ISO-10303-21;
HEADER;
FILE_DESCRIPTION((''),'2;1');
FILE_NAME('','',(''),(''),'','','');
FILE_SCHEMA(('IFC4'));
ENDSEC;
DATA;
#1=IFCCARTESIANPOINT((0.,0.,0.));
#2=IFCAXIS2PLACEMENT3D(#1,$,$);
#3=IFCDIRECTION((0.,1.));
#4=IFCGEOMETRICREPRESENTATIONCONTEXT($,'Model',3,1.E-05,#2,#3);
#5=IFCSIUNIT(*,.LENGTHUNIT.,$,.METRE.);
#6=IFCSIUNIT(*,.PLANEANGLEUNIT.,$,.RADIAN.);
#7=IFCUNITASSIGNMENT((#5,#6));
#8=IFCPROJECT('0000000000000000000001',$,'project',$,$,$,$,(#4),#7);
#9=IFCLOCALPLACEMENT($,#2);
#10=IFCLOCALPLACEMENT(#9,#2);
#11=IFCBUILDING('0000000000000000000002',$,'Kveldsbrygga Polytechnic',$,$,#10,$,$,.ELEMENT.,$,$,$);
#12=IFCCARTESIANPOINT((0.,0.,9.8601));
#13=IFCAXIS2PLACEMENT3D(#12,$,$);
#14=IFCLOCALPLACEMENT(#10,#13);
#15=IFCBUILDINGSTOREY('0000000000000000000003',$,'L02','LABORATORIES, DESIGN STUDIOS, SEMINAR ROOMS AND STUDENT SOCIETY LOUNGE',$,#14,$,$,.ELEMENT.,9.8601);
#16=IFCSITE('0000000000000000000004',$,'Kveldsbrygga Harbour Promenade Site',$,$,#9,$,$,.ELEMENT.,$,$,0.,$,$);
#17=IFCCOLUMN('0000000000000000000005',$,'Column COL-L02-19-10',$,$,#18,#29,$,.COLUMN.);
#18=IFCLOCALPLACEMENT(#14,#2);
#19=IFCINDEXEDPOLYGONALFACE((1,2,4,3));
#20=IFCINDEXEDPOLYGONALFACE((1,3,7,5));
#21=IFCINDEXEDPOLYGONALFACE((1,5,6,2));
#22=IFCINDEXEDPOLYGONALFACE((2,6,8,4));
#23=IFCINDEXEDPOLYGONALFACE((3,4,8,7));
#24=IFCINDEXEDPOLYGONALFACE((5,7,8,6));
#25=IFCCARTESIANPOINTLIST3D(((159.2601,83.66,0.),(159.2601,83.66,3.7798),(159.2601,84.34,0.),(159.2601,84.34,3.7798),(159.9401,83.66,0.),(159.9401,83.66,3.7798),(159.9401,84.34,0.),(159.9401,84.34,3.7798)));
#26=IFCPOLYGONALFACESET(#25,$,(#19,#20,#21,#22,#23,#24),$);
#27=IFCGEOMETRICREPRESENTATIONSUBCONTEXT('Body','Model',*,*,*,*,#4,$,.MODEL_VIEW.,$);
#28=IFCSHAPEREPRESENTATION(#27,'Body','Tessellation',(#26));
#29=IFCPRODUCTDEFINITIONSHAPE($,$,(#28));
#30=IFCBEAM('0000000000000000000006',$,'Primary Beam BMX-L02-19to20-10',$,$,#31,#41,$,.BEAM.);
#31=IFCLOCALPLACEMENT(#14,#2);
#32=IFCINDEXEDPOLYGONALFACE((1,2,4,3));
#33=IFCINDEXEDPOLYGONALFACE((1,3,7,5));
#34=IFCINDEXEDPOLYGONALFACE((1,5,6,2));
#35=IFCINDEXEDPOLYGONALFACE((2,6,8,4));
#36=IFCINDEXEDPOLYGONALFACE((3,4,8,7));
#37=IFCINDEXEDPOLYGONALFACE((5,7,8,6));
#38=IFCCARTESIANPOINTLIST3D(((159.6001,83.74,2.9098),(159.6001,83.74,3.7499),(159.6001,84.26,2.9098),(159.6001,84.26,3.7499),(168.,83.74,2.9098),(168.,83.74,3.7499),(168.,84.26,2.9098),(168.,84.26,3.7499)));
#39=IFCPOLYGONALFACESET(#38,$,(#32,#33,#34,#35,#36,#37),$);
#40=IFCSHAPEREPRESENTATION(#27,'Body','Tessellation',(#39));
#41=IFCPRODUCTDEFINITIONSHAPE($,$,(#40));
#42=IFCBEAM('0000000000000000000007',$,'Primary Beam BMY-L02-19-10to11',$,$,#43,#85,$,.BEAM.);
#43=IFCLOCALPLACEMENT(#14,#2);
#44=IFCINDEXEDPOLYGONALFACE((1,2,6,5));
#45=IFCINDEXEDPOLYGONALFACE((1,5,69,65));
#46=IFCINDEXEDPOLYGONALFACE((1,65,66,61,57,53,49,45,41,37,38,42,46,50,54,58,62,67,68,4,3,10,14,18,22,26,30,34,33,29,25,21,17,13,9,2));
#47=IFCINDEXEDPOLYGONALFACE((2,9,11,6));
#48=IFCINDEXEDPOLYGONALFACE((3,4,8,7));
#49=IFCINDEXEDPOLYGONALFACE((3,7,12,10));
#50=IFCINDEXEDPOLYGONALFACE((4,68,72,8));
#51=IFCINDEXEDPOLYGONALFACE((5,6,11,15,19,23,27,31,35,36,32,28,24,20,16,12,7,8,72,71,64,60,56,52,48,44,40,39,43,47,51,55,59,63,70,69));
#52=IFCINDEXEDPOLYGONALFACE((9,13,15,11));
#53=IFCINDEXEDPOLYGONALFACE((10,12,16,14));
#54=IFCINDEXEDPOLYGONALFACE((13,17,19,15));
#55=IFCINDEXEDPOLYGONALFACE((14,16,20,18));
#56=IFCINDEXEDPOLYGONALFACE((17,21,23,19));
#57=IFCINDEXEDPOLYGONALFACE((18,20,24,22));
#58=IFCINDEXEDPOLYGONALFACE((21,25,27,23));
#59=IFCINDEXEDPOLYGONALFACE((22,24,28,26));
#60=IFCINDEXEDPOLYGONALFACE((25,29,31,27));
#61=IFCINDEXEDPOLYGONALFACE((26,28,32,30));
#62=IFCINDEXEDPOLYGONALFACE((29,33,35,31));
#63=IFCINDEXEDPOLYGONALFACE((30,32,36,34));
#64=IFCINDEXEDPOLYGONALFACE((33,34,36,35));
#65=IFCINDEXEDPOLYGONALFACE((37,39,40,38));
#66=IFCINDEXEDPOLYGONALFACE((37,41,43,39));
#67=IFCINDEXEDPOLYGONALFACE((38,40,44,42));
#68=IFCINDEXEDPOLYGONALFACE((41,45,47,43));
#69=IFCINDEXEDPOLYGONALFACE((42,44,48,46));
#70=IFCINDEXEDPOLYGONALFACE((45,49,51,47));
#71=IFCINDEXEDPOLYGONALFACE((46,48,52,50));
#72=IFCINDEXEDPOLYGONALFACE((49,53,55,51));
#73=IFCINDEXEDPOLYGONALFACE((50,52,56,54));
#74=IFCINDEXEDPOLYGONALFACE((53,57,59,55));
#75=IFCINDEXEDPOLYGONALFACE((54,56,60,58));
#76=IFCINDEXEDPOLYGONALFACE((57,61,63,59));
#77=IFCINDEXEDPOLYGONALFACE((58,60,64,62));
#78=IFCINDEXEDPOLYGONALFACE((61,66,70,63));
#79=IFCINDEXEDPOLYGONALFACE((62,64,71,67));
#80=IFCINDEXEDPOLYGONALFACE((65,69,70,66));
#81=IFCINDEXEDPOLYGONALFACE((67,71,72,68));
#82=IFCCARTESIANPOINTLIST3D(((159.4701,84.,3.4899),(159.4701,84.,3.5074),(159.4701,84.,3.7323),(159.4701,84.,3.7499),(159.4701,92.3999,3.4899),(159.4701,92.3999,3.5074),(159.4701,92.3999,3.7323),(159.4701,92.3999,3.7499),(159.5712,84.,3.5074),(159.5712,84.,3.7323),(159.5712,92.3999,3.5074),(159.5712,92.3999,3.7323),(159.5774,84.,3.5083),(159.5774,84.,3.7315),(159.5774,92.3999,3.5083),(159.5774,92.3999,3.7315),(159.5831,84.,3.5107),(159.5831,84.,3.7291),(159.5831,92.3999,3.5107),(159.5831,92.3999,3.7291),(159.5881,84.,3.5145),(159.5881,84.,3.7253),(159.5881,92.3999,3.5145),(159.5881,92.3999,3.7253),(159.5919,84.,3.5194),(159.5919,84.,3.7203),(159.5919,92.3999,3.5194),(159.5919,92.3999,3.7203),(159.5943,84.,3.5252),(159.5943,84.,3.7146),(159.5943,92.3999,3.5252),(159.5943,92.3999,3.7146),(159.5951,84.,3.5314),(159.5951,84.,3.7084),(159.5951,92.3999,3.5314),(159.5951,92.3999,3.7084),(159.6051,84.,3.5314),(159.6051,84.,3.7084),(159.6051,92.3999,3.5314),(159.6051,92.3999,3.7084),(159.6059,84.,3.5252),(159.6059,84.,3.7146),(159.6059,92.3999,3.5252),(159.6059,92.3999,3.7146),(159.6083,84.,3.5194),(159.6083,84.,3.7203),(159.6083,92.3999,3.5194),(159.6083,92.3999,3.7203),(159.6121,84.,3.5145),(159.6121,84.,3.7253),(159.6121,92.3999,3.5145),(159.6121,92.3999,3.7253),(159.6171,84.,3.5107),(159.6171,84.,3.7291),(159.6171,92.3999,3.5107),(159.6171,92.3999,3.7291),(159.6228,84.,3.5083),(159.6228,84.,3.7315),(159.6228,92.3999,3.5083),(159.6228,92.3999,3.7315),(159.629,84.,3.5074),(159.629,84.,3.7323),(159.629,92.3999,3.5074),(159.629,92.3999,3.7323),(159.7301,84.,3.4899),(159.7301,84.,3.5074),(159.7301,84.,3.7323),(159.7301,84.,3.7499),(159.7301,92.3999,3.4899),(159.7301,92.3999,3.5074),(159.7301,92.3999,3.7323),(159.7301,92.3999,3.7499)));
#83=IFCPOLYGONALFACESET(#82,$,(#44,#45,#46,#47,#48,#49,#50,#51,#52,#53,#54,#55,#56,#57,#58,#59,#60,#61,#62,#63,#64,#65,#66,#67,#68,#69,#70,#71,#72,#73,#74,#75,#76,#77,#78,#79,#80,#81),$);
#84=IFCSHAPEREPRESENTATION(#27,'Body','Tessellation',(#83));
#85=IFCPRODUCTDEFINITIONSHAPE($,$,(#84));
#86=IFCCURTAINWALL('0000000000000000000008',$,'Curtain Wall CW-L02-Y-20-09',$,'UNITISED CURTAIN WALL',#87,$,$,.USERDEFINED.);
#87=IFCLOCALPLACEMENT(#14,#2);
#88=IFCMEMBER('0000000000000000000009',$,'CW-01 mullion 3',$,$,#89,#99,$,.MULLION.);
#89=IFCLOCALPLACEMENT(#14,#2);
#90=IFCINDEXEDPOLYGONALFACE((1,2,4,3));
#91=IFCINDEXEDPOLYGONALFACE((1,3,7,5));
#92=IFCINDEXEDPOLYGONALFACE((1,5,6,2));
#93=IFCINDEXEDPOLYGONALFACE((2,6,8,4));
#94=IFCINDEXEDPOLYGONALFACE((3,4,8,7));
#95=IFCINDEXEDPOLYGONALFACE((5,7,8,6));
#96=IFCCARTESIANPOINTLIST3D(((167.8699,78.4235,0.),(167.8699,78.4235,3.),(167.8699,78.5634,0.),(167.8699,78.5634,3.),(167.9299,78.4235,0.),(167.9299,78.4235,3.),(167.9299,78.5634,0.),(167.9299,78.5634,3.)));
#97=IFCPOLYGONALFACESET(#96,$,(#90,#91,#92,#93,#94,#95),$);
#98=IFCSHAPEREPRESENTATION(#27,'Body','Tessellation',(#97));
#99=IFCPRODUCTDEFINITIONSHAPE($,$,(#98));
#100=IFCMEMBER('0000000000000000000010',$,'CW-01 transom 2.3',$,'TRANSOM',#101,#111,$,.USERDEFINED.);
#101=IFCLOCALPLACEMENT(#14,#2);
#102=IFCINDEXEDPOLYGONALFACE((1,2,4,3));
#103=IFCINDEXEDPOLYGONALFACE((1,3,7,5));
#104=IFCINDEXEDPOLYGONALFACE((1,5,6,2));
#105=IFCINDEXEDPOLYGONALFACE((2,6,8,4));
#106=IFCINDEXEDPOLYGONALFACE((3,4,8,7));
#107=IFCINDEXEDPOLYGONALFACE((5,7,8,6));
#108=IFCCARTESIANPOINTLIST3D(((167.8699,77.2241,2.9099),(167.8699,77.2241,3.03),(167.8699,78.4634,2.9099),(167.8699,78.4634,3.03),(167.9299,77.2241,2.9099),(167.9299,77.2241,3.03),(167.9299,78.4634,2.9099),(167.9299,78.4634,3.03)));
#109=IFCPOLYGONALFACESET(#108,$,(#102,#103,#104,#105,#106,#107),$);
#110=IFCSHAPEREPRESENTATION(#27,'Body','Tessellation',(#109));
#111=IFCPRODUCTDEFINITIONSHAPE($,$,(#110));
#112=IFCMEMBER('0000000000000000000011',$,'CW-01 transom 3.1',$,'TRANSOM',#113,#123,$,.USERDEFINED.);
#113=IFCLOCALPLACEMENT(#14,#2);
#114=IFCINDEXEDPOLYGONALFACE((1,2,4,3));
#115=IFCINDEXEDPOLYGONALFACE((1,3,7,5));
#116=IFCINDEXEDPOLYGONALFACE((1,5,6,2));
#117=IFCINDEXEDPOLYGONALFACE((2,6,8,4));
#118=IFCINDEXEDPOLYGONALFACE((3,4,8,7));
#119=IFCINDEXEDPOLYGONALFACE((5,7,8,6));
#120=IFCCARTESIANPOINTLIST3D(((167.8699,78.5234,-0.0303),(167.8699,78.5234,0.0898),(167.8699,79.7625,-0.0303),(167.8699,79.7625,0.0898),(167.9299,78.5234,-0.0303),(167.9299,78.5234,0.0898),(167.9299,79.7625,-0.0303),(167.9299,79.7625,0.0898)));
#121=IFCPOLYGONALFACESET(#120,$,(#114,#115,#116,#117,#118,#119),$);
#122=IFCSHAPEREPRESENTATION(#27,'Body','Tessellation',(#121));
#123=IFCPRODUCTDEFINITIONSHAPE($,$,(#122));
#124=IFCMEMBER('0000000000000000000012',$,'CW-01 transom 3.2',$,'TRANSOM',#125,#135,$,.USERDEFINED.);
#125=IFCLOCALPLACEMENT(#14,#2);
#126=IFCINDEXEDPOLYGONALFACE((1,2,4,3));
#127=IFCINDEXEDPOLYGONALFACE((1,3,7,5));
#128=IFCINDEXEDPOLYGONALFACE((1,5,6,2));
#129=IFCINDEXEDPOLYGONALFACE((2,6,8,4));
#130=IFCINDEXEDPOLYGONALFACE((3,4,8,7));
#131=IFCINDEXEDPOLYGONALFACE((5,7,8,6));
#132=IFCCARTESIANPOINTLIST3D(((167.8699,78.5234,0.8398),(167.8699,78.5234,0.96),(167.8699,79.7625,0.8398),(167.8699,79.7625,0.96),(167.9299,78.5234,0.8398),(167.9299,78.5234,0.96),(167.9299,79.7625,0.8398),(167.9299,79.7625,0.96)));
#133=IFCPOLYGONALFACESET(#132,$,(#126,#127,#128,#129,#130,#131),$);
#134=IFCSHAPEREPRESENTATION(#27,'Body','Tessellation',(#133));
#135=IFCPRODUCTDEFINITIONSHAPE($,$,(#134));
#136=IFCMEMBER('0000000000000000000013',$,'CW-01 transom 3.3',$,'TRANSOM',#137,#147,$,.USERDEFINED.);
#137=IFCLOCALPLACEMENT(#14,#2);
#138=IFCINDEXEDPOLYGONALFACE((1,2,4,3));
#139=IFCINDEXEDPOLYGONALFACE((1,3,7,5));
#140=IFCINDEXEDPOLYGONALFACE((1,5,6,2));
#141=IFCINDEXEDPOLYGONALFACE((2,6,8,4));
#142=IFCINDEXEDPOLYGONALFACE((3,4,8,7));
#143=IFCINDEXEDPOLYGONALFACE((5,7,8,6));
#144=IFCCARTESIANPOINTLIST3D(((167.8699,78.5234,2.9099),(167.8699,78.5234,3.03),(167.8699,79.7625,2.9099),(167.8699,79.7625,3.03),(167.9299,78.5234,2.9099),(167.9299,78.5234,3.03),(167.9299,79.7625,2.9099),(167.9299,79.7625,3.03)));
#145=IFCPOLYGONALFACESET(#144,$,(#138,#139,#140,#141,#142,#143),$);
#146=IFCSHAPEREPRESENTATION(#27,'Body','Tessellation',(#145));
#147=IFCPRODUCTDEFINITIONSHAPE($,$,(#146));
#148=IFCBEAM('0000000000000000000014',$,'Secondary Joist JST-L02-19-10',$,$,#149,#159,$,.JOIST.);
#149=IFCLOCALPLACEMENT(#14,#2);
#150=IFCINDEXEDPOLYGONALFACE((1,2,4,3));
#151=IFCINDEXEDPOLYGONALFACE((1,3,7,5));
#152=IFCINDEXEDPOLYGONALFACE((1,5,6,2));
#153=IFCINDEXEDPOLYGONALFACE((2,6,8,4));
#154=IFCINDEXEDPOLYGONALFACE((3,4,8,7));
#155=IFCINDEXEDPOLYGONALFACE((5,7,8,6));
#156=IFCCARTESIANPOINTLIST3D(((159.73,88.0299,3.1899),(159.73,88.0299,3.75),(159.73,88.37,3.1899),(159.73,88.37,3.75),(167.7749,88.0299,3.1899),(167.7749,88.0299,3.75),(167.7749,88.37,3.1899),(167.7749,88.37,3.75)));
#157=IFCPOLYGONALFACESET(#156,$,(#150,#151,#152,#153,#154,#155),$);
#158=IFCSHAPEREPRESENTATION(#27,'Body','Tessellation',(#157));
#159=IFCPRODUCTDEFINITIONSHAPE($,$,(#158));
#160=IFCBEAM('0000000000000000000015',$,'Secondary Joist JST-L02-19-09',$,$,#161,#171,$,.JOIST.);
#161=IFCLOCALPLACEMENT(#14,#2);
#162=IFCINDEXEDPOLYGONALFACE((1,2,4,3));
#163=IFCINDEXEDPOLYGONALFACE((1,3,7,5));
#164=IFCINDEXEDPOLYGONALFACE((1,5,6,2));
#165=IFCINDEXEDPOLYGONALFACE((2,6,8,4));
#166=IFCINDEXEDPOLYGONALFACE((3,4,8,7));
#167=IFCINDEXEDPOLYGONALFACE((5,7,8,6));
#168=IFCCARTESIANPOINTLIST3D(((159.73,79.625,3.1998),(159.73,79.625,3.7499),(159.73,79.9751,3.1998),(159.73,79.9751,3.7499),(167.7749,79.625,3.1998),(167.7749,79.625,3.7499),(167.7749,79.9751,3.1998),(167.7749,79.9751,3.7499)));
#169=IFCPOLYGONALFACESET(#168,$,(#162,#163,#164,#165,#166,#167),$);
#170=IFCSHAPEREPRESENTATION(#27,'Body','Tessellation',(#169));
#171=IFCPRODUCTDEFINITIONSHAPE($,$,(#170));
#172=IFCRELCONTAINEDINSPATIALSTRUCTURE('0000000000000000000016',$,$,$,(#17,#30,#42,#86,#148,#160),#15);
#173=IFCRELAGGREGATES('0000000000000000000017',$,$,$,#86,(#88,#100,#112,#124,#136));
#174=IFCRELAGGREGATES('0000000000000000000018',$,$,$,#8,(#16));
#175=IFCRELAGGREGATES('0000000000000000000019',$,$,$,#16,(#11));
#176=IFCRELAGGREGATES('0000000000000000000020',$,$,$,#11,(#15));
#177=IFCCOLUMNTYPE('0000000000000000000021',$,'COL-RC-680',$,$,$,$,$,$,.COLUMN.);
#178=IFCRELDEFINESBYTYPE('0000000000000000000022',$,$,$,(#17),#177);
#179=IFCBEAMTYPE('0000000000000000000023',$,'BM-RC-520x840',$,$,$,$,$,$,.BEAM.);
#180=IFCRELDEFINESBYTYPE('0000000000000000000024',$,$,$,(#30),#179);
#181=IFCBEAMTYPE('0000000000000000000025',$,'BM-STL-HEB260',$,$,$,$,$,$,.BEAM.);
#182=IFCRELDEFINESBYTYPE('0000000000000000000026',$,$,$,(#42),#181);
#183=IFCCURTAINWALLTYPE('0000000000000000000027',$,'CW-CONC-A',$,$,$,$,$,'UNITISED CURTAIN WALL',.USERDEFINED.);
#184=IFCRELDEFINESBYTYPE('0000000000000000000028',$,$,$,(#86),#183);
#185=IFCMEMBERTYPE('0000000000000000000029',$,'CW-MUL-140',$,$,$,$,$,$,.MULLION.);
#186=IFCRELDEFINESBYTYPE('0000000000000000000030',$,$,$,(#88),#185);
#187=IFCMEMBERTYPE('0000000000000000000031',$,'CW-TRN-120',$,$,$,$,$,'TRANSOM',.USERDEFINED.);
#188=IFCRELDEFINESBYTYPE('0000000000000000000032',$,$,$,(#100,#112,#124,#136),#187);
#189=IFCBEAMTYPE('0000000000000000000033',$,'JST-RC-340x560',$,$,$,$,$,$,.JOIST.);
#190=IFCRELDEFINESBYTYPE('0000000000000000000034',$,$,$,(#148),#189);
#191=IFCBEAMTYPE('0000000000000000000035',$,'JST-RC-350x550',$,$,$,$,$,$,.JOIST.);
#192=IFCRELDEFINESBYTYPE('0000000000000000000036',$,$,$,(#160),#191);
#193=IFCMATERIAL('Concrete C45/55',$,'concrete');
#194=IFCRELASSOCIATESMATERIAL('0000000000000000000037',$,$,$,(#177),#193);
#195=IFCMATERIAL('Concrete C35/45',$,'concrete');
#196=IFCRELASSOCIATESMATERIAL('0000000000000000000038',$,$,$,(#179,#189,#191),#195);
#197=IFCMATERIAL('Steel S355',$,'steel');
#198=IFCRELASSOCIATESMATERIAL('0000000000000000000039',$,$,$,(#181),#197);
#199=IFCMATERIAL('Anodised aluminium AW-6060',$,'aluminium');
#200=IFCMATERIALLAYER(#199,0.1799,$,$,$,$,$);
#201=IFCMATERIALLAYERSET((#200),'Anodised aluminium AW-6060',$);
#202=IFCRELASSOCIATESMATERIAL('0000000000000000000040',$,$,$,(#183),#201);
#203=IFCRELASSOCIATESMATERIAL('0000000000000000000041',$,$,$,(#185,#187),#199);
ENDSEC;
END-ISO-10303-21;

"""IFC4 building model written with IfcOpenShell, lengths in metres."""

from ifc_helpers import new_model, si_unit, direction, frame, origin, origin_2d, place, context, subcontext, project, spatial, rectangle, i_section, extrude, material, layer, layer_set, material_profile, profile_set, type_object, element, aggregate, save


model = new_model("IFC4")

# Units and contexts
model_context = context("Model", 3, precision=1e-05, world=origin(), true_north=direction((0.0, 1.0)))
body_context = subcontext(model_context, "Body", "Model", "MODEL_VIEW")
ifc_project = project(units=[si_unit("LENGTHUNIT", "METRE"), si_unit("PLANEANGLEUNIT", "RADIAN")], contexts=[model_context])

# Site, building, storey
site_placement = place(None, origin())
site = spatial("IfcSite", under=ifc_project, at=site_placement, Name="Kveldsbrygga Harbour Promenade Site", CompositionType="ELEMENT", RefElevation=0.0)
building_placement = place(site_placement, origin())
building = spatial("IfcBuilding", under=site, at=building_placement, Name="Kveldsbrygga Polytechnic", CompositionType="ELEMENT")
storey_placement = place(building_placement, frame((0.0, 0.0, 9.8601)))
storey = spatial("IfcBuildingStorey", under=building, at=storey_placement, Name="L02", Description="LABORATORIES, DESIGN STUDIOS, SEMINAR ROOMS AND STUDENT SOCIETY LOUNGE", CompositionType="ELEMENT", Elevation=9.8601)

# Column
ifc_material_1 = material(Name="Concrete C45/55", Category="concrete")
ifc_material_profile_1 = material_profile(ifc_material_1, rectangle(XDim=0.6799, YDim=0.6799, at=origin_2d()), Name="RC 680x680")
ifc_profile_set_1 = profile_set([ifc_material_profile_1], Name="Concrete C45/55")
column_type = type_object("IfcColumnType", Name="COL-RC-680", PredefinedType="COLUMN", material=ifc_profile_set_1)
column_placement = place(storey_placement, frame((159.6001, 84.0, 0.0), z_axis=(0.0, 0.0, 1.0), x_axis=(1.0, 0.0, 0.0)))
element("IfcColumn", 1, at=column_placement, inside=storey, type_object=column_type, Name="Column COL-L02-19-10", PredefinedType="COLUMN", context=body_context, shape_type="SweptSolid", body=[
    extrude(rectangle(XDim=0.6799, YDim=0.6799, at=origin_2d()), origin(), (0.0, 0.0, 1.0), 3.7798),
])

# Beams
ifc_material_2 = material(Name="Concrete C35/45", Category="concrete")
ifc_material_profile_2 = material_profile(ifc_material_2, rectangle(XDim=0.52, YDim=0.8401, at=origin_2d()), Name="RC 520x840")
ifc_profile_set_2 = profile_set([ifc_material_profile_2], Name="Concrete C35/45")
beam_type_1 = type_object("IfcBeamType", Name="BM-RC-520x840", PredefinedType="BEAM", material=ifc_profile_set_2)
beam_1_placement = place(storey_placement, frame((159.6001, 84.0, 3.3298), z_axis=(1.0, 0.0, 0.0), x_axis=(0.0, 1.0, 0.0)))
element("IfcBeam", 2, at=beam_1_placement, inside=storey, type_object=beam_type_1, Name="Primary Beam BMX-L02-19to20-10", PredefinedType="BEAM", context=body_context, shape_type="SweptSolid", body=[
    extrude(rectangle(XDim=0.52, YDim=0.8401, at=origin_2d()), origin(), (0.0, 0.0, 1.0), 8.3999),
])
ifc_material_3 = material(Name="Steel S355", Category="steel")
ifc_material_profile_3 = material_profile(ifc_material_3, i_section(OverallWidth=0.26, OverallDepth=0.26, WebThickness=0.01, FlangeThickness=0.0176, FilletRadius=0.0239, at=origin_2d()), Name="HEB 260")
ifc_profile_set_3 = profile_set([ifc_material_profile_3], Name="Steel S355")
beam_type_2 = type_object("IfcBeamType", Name="BM-STL-HEB260", PredefinedType="BEAM", material=ifc_profile_set_3)
beam_2_placement = place(storey_placement, frame((159.6001, 84.0, 3.6199), z_axis=(0.0, 1.0, 0.0), x_axis=(-1.0, 0.0, 0.0)))
element("IfcBeam", 3, at=beam_2_placement, inside=storey, type_object=beam_type_2, Name="Primary Beam BMY-L02-19-10to11", PredefinedType="BEAM", context=body_context, shape_type="SweptSolid", body=[
    extrude(i_section(OverallWidth=0.26, OverallDepth=0.26, WebThickness=0.01, FlangeThickness=0.0176, FilletRadius=0.0239, at=origin_2d()), origin(), (0.0, 0.0, 1.0), 8.3999),
])

# Curtain wall, members
ifc_material_4 = material(Name="Anodised aluminium AW-6060", Category="aluminium")
ifc_layer_1 = layer(ifc_material_4, 0.1799)
ifc_layer_set_1 = layer_set([ifc_layer_1], Name="Anodised aluminium AW-6060")
curtain_wall_type = type_object("IfcCurtainWallType", Name="CW-CONC-A", ElementType="UNITISED CURTAIN WALL", PredefinedType="USERDEFINED", material=ifc_layer_set_1)
curtain_wall_placement = place(storey_placement, origin())
curtain_wall = element("IfcCurtainWall", 4, at=curtain_wall_placement, inside=storey, type_object=curtain_wall_type, Name="Curtain Wall CW-L02-Y-20-09", ObjectType="UNITISED CURTAIN WALL", PredefinedType="USERDEFINED")
ifc_material_profile_4 = material_profile(ifc_material_4, rectangle(XDim=0.0601, YDim=0.1399, at=origin_2d()), Name="ALU 60x140")
ifc_profile_set_4 = profile_set([ifc_material_profile_4], Name="Anodised aluminium AW-6060")
member_type_1 = type_object("IfcMemberType", Name="CW-MUL-140", PredefinedType="MULLION", material=ifc_profile_set_4)
member_1_placement = place(storey_placement, frame((167.8999, 78.4934, 0.0), z_axis=(0.0, 0.0, 1.0), x_axis=(-1.0, 0.0, 0.0)))
member_1 = element("IfcMember", 5, at=member_1_placement, type_object=member_type_1, Name="CW-01 mullion 3", PredefinedType="MULLION", context=body_context, shape_type="SweptSolid", body=[
    extrude(rectangle(XDim=0.0601, YDim=0.1399, at=origin_2d()), origin(), (0.0, 0.0, 1.0), 3.0),
])
ifc_material_profile_5 = material_profile(ifc_material_4, rectangle(XDim=0.0601, YDim=0.1201, at=origin_2d()), Name="ALU 60x120")
ifc_profile_set_5 = profile_set([ifc_material_profile_5], Name="Anodised aluminium AW-6060")
member_type_2 = type_object("IfcMemberType", Name="CW-TRN-120", ElementType="TRANSOM", PredefinedType="USERDEFINED", material=ifc_profile_set_5)
member_2_placement = place(storey_placement, frame((167.8999, 77.2241, 2.97), z_axis=(0.0, 1.0, 0.0), x_axis=(-1.0, 0.0, 0.0)))
member_2 = element("IfcMember", 6, at=member_2_placement, type_object=member_type_2, Name="CW-01 transom 2.3", ObjectType="TRANSOM", PredefinedType="USERDEFINED", context=body_context, shape_type="SweptSolid", body=[
    extrude(rectangle(XDim=0.0601, YDim=0.1201, at=origin_2d()), origin(), (0.0, 0.0, 1.0), 1.2393),
])
member_3_placement = place(storey_placement, frame((167.8999, 78.5234, 0.0298), z_axis=(0.0, 1.0, 0.0), x_axis=(-1.0, 0.0, 0.0)))
member_3 = element("IfcMember", 7, at=member_3_placement, type_object=member_type_2, Name="CW-01 transom 3.1", ObjectType="TRANSOM", PredefinedType="USERDEFINED", context=body_context, shape_type="SweptSolid", body=[
    extrude(rectangle(XDim=0.0601, YDim=0.1201, at=origin_2d()), origin(), (0.0, 0.0, 1.0), 1.239),
])
member_4_placement = place(storey_placement, frame((167.8999, 78.5234, 0.8999), z_axis=(0.0, 1.0, 0.0), x_axis=(-1.0, 0.0, 0.0)))
member_4 = element("IfcMember", 8, at=member_4_placement, type_object=member_type_2, Name="CW-01 transom 3.2", ObjectType="TRANSOM", PredefinedType="USERDEFINED", context=body_context, shape_type="SweptSolid", body=[
    extrude(rectangle(XDim=0.0601, YDim=0.1201, at=origin_2d()), origin(), (0.0, 0.0, 1.0), 1.239),
])
member_5_placement = place(storey_placement, frame((167.8999, 78.5234, 2.97), z_axis=(0.0, 1.0, 0.0), x_axis=(-1.0, 0.0, 0.0)))
member_5 = element("IfcMember", 9, at=member_5_placement, type_object=member_type_2, Name="CW-01 transom 3.3", ObjectType="TRANSOM", PredefinedType="USERDEFINED", context=body_context, shape_type="SweptSolid", body=[
    extrude(rectangle(XDim=0.0601, YDim=0.1201, at=origin_2d()), origin(), (0.0, 0.0, 1.0), 1.239),
])

# Beams
ifc_material_profile_6 = material_profile(ifc_material_2, rectangle(XDim=0.3401, YDim=0.5601, at=origin_2d()), Name="RC 340x560")
ifc_profile_set_6 = profile_set([ifc_material_profile_6], Name="Concrete C35/45")
beam_type_3 = type_object("IfcBeamType", Name="JST-RC-340x560", PredefinedType="JOIST", material=ifc_profile_set_6)
beam_3_placement = place(storey_placement, frame((159.73, 88.2, 3.47), z_axis=(1.0, 0.0, 0.0), x_axis=(0.0, 1.0, 0.0)))
element("IfcBeam", 10, at=beam_3_placement, inside=storey, type_object=beam_type_3, Name="Secondary Joist JST-L02-19-10", PredefinedType="JOIST", context=body_context, shape_type="SweptSolid", body=[
    extrude(rectangle(XDim=0.3401, YDim=0.5601, at=origin_2d()), origin(), (0.0, 0.0, 1.0), 8.0449),
])
ifc_material_profile_7 = material_profile(ifc_material_2, rectangle(XDim=0.3501, YDim=0.55, at=origin_2d()), Name="RC 350x550")
ifc_profile_set_7 = profile_set([ifc_material_profile_7], Name="Concrete C35/45")
beam_type_4 = type_object("IfcBeamType", Name="JST-RC-350x550", PredefinedType="JOIST", material=ifc_profile_set_7)
beam_4_placement = place(storey_placement, frame((159.73, 79.8, 3.4749), z_axis=(1.0, 0.0, 0.0), x_axis=(0.0, 1.0, 0.0)))
element("IfcBeam", 11, at=beam_4_placement, inside=storey, type_object=beam_type_4, Name="Secondary Joist JST-L02-19-09", PredefinedType="JOIST", context=body_context, shape_type="SweptSolid", body=[
    extrude(rectangle(XDim=0.3501, YDim=0.55, at=origin_2d()), origin(), (0.0, 0.0, 1.0), 8.0449),
])

aggregate(curtain_wall, [member_1, member_2, member_3, member_4, member_5])

save(model, "model.ifc")
